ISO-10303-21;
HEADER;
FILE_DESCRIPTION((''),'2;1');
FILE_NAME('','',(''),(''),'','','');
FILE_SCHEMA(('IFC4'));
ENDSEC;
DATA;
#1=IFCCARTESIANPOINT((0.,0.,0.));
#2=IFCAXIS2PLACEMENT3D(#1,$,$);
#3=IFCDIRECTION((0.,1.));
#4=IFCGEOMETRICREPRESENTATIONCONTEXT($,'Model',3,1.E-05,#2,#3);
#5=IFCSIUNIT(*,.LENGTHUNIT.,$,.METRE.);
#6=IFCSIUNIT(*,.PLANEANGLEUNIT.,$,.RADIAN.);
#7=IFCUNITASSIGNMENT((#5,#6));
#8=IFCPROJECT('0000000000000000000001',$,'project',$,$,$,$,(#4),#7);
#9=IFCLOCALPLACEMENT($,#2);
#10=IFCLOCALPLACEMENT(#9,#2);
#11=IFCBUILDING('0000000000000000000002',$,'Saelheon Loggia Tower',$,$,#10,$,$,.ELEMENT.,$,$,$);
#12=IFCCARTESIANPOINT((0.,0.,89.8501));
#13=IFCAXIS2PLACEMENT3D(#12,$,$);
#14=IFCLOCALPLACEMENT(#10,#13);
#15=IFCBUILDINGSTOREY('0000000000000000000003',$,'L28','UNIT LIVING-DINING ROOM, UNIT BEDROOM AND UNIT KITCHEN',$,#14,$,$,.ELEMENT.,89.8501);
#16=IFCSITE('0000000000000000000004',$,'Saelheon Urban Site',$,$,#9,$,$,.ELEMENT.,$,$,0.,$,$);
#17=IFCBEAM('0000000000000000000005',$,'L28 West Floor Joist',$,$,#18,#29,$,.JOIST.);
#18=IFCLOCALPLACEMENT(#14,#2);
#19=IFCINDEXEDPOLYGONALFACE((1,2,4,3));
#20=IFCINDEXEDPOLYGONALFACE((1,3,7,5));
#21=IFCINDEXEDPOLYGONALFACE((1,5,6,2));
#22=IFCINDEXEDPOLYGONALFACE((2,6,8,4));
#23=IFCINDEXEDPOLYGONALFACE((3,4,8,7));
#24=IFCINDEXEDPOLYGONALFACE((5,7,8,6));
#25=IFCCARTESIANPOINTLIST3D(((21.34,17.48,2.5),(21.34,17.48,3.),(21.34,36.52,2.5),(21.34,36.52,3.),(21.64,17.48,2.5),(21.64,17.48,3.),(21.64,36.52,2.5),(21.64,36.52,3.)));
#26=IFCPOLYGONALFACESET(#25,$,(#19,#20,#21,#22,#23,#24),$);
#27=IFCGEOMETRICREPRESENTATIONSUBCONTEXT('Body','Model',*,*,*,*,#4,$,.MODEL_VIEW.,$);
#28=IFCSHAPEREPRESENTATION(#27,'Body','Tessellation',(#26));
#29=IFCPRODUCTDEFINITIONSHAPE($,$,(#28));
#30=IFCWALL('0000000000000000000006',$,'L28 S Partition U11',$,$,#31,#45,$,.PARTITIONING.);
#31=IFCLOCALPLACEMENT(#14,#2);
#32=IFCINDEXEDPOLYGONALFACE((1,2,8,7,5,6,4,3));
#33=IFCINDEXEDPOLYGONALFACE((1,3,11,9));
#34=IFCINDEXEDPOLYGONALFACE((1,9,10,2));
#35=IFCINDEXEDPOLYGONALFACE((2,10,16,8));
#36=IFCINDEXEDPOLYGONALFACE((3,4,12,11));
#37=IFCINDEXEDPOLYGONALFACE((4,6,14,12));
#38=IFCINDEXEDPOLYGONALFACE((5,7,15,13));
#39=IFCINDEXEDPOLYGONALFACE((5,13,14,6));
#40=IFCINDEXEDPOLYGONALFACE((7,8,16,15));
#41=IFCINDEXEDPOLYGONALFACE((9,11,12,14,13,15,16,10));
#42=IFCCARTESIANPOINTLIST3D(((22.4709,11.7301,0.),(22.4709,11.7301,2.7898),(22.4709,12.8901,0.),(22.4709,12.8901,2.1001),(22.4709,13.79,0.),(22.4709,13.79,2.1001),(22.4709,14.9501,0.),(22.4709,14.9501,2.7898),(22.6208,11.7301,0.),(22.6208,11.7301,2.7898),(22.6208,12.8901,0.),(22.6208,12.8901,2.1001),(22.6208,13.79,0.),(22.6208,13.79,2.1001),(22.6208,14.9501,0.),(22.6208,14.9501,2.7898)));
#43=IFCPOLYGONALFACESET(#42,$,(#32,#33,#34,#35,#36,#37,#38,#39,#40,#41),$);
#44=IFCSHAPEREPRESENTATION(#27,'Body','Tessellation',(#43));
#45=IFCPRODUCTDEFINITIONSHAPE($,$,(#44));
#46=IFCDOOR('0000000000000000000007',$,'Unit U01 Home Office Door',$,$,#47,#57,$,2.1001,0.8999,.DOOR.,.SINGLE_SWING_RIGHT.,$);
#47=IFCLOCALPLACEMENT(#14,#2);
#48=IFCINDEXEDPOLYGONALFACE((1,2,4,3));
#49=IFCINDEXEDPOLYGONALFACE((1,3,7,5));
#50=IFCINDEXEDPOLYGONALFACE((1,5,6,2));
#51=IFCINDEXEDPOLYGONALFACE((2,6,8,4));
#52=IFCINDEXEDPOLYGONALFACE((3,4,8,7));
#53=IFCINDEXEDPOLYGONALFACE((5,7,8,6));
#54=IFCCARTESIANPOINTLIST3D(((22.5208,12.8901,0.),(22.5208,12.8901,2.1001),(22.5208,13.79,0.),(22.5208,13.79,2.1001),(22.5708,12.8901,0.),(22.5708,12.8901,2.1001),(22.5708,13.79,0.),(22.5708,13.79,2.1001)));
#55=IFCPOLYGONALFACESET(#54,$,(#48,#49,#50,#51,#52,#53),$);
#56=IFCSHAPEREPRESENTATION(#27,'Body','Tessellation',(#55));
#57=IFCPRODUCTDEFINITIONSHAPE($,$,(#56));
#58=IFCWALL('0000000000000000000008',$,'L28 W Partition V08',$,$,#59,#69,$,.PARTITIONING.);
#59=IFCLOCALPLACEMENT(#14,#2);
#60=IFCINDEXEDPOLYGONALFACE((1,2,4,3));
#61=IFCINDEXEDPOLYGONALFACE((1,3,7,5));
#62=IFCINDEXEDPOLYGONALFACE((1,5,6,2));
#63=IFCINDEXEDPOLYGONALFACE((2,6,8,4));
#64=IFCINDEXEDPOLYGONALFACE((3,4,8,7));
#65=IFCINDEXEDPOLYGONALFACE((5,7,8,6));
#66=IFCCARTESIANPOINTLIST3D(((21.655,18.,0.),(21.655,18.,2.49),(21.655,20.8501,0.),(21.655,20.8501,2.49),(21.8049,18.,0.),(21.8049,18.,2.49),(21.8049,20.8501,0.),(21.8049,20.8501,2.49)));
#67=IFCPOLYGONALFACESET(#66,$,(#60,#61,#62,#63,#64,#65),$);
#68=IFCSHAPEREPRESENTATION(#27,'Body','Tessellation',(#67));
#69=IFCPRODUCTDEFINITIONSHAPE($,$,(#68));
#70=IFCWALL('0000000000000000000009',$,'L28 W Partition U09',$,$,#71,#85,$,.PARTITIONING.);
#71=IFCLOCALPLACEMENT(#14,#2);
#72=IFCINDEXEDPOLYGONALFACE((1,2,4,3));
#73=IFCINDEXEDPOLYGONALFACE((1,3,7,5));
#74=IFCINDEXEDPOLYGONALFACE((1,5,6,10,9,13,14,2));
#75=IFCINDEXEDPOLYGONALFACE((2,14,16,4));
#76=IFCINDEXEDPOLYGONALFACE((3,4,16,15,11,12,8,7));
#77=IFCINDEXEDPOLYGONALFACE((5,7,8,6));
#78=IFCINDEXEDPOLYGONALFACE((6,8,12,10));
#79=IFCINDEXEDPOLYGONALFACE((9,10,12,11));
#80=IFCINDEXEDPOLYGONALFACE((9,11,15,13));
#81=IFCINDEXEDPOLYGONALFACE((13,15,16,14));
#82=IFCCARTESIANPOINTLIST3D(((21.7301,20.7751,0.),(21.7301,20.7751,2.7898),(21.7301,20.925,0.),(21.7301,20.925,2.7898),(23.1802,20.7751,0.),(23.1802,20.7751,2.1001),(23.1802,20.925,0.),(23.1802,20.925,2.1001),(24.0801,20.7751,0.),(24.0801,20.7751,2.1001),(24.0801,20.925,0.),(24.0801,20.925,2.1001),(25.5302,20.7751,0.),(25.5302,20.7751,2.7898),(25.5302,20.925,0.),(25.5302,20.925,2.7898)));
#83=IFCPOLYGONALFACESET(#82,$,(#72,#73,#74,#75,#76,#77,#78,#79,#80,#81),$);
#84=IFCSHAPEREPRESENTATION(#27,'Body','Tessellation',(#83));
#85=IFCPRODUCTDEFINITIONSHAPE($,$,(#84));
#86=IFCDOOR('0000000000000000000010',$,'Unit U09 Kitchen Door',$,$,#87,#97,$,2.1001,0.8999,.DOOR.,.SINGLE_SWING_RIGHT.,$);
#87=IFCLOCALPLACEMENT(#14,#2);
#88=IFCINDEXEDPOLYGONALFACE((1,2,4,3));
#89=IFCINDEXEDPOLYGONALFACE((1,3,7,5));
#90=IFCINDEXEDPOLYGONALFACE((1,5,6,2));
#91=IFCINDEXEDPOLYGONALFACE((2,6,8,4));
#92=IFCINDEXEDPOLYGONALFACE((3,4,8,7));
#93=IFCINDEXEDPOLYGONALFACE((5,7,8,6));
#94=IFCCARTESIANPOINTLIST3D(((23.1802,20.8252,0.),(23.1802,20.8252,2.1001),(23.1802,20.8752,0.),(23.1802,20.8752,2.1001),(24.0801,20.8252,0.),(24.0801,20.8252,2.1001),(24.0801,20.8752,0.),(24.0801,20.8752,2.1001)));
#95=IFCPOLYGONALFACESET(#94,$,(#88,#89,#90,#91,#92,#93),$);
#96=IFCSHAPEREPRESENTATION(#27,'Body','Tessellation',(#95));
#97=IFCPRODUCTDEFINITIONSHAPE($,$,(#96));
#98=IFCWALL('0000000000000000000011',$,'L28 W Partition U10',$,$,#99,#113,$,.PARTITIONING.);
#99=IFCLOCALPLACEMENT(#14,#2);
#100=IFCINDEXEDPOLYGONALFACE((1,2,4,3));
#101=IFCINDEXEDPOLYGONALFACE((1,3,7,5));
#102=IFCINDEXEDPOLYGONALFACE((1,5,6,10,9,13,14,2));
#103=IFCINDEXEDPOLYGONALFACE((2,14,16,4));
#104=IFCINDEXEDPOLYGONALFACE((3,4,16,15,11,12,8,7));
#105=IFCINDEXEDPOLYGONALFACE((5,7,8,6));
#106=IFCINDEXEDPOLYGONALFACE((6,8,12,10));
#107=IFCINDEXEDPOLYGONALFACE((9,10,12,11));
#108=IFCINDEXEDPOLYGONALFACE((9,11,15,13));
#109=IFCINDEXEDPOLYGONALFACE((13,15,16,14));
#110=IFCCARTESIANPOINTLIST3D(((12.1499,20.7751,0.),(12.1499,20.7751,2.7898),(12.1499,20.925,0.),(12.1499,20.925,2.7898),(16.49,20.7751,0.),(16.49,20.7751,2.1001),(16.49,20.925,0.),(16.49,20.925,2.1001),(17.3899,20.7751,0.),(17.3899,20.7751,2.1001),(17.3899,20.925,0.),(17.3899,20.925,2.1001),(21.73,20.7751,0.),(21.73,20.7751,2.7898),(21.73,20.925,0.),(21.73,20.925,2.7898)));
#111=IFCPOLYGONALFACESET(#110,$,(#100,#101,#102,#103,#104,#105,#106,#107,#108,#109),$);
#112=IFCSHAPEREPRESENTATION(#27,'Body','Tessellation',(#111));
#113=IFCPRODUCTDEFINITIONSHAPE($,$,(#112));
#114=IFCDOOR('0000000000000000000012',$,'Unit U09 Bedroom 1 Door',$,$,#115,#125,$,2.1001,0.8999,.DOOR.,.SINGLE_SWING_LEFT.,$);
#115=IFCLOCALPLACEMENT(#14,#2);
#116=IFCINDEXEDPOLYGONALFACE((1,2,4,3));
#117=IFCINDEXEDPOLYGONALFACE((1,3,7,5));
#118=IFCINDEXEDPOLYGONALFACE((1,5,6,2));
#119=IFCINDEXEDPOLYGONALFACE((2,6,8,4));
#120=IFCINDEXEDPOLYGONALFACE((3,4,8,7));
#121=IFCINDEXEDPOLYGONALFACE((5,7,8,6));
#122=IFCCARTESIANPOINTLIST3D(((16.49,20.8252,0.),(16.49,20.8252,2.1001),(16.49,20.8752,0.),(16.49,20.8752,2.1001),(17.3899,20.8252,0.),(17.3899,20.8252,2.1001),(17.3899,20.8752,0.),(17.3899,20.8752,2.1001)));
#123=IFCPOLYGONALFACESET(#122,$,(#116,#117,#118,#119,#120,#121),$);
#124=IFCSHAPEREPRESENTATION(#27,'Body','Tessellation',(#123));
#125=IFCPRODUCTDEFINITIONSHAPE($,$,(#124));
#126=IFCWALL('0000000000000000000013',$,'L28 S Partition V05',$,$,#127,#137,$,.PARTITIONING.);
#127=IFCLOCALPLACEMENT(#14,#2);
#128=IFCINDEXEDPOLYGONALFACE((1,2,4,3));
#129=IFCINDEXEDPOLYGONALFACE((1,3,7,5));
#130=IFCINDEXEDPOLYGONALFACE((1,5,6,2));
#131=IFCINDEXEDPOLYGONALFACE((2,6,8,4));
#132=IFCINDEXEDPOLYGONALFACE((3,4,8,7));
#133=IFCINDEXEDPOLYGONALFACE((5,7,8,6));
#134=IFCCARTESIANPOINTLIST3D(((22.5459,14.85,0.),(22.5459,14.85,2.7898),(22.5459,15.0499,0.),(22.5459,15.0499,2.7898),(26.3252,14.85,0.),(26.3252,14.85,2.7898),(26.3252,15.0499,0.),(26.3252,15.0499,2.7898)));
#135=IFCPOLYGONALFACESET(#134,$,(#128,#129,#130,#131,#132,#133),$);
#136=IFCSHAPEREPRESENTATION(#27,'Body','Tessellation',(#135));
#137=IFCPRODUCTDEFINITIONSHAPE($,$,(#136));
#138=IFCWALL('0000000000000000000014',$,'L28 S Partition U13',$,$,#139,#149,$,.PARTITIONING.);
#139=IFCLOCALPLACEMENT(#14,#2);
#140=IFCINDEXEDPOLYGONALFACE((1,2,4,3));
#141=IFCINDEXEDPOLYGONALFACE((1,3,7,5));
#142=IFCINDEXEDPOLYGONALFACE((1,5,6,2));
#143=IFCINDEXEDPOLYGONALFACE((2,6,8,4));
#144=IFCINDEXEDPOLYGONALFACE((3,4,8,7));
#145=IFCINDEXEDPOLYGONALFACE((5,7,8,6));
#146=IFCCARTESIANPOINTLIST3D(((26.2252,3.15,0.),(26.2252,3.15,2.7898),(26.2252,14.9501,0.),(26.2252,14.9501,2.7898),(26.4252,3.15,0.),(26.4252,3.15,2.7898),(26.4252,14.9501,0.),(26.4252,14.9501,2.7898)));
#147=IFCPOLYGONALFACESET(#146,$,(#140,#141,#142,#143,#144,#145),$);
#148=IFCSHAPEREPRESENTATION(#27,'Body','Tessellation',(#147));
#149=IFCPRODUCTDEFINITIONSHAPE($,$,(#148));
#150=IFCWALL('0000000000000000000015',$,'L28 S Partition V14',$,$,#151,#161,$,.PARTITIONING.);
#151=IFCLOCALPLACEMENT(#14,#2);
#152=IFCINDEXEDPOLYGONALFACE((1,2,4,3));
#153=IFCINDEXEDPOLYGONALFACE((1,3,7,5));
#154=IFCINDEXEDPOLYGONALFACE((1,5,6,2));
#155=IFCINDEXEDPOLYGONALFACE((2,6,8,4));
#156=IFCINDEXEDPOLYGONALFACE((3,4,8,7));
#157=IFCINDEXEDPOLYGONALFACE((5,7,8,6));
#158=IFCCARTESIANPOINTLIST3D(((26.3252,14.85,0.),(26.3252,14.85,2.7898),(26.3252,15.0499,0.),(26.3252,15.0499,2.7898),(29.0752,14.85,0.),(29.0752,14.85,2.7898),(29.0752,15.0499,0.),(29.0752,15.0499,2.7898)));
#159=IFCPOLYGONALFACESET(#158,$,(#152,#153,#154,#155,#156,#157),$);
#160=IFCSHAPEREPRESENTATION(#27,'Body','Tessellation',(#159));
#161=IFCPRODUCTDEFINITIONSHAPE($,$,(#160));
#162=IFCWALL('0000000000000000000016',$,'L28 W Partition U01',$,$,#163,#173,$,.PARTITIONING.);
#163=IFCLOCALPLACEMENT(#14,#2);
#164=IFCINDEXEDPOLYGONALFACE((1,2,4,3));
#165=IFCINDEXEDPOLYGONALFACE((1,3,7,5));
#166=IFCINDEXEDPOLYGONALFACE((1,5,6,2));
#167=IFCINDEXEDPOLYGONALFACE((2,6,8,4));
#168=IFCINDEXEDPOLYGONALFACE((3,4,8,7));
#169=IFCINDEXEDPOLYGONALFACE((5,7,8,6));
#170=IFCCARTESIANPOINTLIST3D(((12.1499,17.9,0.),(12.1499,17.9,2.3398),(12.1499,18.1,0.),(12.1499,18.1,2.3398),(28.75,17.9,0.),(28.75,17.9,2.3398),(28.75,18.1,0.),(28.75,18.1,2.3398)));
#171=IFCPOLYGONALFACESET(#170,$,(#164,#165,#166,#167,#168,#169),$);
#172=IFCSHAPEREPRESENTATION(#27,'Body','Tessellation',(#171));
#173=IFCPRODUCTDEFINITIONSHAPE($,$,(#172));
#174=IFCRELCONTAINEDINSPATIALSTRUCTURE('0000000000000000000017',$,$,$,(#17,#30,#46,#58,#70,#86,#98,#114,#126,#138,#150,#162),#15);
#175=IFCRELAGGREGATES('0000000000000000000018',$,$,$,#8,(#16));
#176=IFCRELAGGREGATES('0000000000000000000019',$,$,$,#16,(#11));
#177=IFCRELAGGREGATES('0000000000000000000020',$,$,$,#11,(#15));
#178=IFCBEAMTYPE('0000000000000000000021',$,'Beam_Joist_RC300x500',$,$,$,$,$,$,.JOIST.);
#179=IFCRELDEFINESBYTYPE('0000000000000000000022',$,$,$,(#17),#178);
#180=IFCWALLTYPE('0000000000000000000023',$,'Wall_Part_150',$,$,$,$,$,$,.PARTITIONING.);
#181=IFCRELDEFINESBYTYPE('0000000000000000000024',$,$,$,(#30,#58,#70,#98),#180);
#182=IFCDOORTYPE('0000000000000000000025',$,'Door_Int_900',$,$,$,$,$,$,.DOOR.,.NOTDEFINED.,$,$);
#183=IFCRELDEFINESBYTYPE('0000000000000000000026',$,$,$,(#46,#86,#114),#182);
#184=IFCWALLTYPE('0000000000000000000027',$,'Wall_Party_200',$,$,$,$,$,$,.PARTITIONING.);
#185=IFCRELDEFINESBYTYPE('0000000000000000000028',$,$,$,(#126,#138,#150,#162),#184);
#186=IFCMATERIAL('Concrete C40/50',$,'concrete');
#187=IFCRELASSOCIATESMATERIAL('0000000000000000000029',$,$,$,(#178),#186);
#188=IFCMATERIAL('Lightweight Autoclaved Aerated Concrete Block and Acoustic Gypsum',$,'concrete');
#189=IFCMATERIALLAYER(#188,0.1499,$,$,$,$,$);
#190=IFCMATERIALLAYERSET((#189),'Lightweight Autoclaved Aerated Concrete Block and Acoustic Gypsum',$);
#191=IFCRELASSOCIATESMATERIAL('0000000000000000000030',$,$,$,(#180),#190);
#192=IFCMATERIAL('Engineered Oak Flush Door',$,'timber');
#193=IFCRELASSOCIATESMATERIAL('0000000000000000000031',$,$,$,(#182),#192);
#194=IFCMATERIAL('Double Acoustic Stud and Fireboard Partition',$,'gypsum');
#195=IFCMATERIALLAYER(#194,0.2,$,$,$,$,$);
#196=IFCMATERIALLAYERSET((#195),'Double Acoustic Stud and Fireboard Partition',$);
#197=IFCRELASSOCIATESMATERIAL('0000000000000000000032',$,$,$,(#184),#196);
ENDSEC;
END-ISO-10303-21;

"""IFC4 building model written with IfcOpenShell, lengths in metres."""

from ifc_helpers import new_model, si_unit, direction, frame, frame_2d, origin, origin_2d, place, context, subcontext, project, spatial, rectangle, extrude, source, transform, mapped, material, layer, layer_set, material_profile, profile_set, type_object, element, fill, save


model = new_model("IFC4")

# Units and contexts
model_context = context("Model", 3, precision=1e-05, world=origin(), true_north=direction((0.0, 1.0)))
body_context = subcontext(model_context, "Body", "Model", "MODEL_VIEW")
ifc_project = project(units=[si_unit("LENGTHUNIT", "METRE"), si_unit("PLANEANGLEUNIT", "RADIAN")], contexts=[model_context])

# Site, building, storey
site_placement = place(None, origin())
site = spatial("IfcSite", under=ifc_project, at=site_placement, Name="Saelheon Urban Site", CompositionType="ELEMENT", RefElevation=0.0)
building_placement = place(site_placement, origin())
building = spatial("IfcBuilding", under=site, at=building_placement, Name="Saelheon Loggia Tower", CompositionType="ELEMENT")
storey_placement = place(building_placement, frame((0.0, 0.0, 89.8501)))
storey = spatial("IfcBuildingStorey", under=building, at=storey_placement, Name="L28", Description="UNIT LIVING-DINING ROOM, UNIT BEDROOM AND UNIT KITCHEN", CompositionType="ELEMENT", Elevation=89.8501)

# Beam
ifc_material_1 = material(Name="Concrete C40/50", Category="concrete")
ifc_material_profile = material_profile(ifc_material_1, rectangle(XDim=0.3, YDim=0.5, at=origin_2d()), Name="RC-300x500")
ifc_profile_set = profile_set([ifc_material_profile], Name="Concrete C40/50")
beam_type = type_object("IfcBeamType", Name="Beam_Joist_RC300x500", PredefinedType="JOIST", material=ifc_profile_set)
shared_shape_1 = source(origin(), body_context, "Body", "SweptSolid", [
    extrude(rectangle(XDim=0.3, YDim=0.5, at=origin_2d()), origin(), (0.0, 0.0, 1.0), 19.04),
])
beam_placement = place(storey_placement, frame((21.49, 17.48, 2.75), z_axis=(0.0, 1.0, 0.0), x_axis=(-1.0, 0.0, 0.0)))
element("IfcBeam", 1, at=beam_placement, inside=storey, type_object=beam_type, Name="L28 West Floor Joist", PredefinedType="JOIST", context=body_context, shape_type="MappedRepresentation", body=[
    mapped(shared_shape_1, transform((0.0, 0.0, 0.0), scale=1.0)),
])

# Wall, opening, door
ifc_material_2 = material(Name="Lightweight Autoclaved Aerated Concrete Block and Acoustic Gypsum", Category="concrete")
ifc_layer_1 = layer(ifc_material_2, 0.1499)
ifc_layer_set_1 = layer_set([ifc_layer_1], Name="Lightweight Autoclaved Aerated Concrete Block and Acoustic Gypsum")
wall_type_1 = type_object("IfcWallType", Name="Wall_Part_150", PredefinedType="PARTITIONING", material=ifc_layer_set_1)
wall_1_placement = place(storey_placement, frame((22.5459, 14.95, 0.0), z_axis=(0.0, 0.0, 1.0), x_axis=(0.0, -1.0, 0.0)))
wall_1 = element("IfcWall", 2, at=wall_1_placement, inside=storey, type_object=wall_type_1, Name="L28 S Partition U11", PredefinedType="PARTITIONING", context=body_context, shape_type="SweptSolid", body=[
    extrude(rectangle(XDim=3.22, YDim=0.1499, at=frame_2d((1.6099, 0.0))), origin(), (0.0, 0.0, 1.0), 2.7898),
])
opening_1_placement = place(wall_1_placement, frame((1.1599, 0.0, 0.0)))
opening_1 = element("IfcOpeningElement", 3, at=opening_1_placement, cuts=wall_1, PredefinedType="OPENING", context=body_context, shape_type="SweptSolid", body=[
    extrude(rectangle(XDim=0.8999, YDim=2.1001, at=frame_2d((0.45, 1.05))), frame((0.0, 0.0869, 0.0), z_axis=(0.0, -1.0, 0.0), x_axis=(1.0, 0.0, 0.0)), (0.0, 0.0, 1.0), 0.1738),
])
ifc_material_3 = material(Name="Engineered Oak Flush Door", Category="timber")
door_type_1 = type_object("IfcDoorType", Name="Door_Int_900", OperationType="NOTDEFINED", PredefinedType="DOOR", material=ifc_material_3)
shared_shape_2 = source(origin(), body_context, "Body", "SweptSolid", [
    extrude(rectangle(XDim=0.8999, YDim=2.1001, at=frame_2d((0.45, 1.05))), frame((0.0, 0.0249, 0.0), z_axis=(0.0, -1.0, 0.0), x_axis=(1.0, 0.0, 0.0)), (0.0, 0.0, 1.0), 0.05),
])
door_1_placement = place(opening_1_placement, origin())
door_1 = element("IfcDoor", 4, at=door_1_placement, inside=storey, type_object=door_type_1, Name="Unit U01 Home Office Door", OperationType="SINGLE_SWING_RIGHT", OverallHeight=2.1001, OverallWidth=0.8999, PredefinedType="DOOR", context=body_context, shape_type="MappedRepresentation", body=[
    mapped(shared_shape_2, transform((0.0, 0.0, 0.0), scale=1.0)),
])
fill(opening_1, door_1)

# Wall
wall_2_placement = place(storey_placement, frame((21.73, 18.0, 0.0), z_axis=(0.0, 0.0, 1.0), x_axis=(0.0, 1.0, 0.0)))
element("IfcWall", 5, at=wall_2_placement, inside=storey, type_object=wall_type_1, Name="L28 W Partition V08", PredefinedType="PARTITIONING", context=body_context, shape_type="SweptSolid", body=[
    extrude(rectangle(XDim=2.8501, YDim=0.1499, at=frame_2d((1.425, 0.0))), origin(), (0.0, 0.0, 1.0), 2.49),
])

# Walls, openings, doors
wall_3_placement = place(storey_placement, frame((25.53, 20.8501, 0.0), z_axis=(0.0, 0.0, 1.0), x_axis=(-1.0, 0.0, 0.0)))
wall_3 = element("IfcWall", 6, at=wall_3_placement, inside=storey, type_object=wall_type_1, Name="L28 W Partition U09", PredefinedType="PARTITIONING", context=body_context, shape_type="SweptSolid", body=[
    extrude(rectangle(XDim=3.8, YDim=0.1499, at=frame_2d((1.8999, 0.0))), origin(), (0.0, 0.0, 1.0), 2.7898),
])
opening_2_placement = place(wall_3_placement, frame((1.45, 0.0, 0.0)))
opening_2 = element("IfcOpeningElement", 7, at=opening_2_placement, cuts=wall_3, PredefinedType="OPENING", context=body_context, shape_type="SweptSolid", body=[
    extrude(rectangle(XDim=0.8999, YDim=2.1001, at=frame_2d((0.45, 1.05))), frame((0.0, 0.0869, 0.0), z_axis=(0.0, -1.0, 0.0), x_axis=(1.0, 0.0, 0.0)), (0.0, 0.0, 1.0), 0.1738),
])
door_2_placement = place(opening_2_placement, origin())
door_2 = element("IfcDoor", 8, at=door_2_placement, inside=storey, type_object=door_type_1, Name="Unit U09 Kitchen Door", OperationType="SINGLE_SWING_RIGHT", OverallHeight=2.1001, OverallWidth=0.8999, PredefinedType="DOOR", context=body_context, shape_type="MappedRepresentation", body=[
    mapped(shared_shape_2, transform((0.0, 0.0, 0.0), scale=1.0)),
])
fill(opening_2, door_2)
wall_4_placement = place(storey_placement, frame((21.73, 20.8501, 0.0), z_axis=(0.0, 0.0, 1.0), x_axis=(-1.0, 0.0, 0.0)))
wall_4 = element("IfcWall", 9, at=wall_4_placement, inside=storey, type_object=wall_type_1, Name="L28 W Partition U10", PredefinedType="PARTITIONING", context=body_context, shape_type="SweptSolid", body=[
    extrude(rectangle(XDim=9.5801, YDim=0.1499, at=frame_2d((4.79, 0.0))), origin(), (0.0, 0.0, 1.0), 2.7898),
])
opening_3_placement = place(wall_4_placement, frame((4.3401, 0.0, 0.0)))
opening_3 = element("IfcOpeningElement", 10, at=opening_3_placement, cuts=wall_4, PredefinedType="OPENING", context=body_context, shape_type="SweptSolid", body=[
    extrude(rectangle(XDim=0.8999, YDim=2.1001, at=frame_2d((0.45, 1.05))), frame((0.0, 0.0869, 0.0), z_axis=(0.0, -1.0, 0.0), x_axis=(1.0, 0.0, 0.0)), (0.0, 0.0, 1.0), 0.1738),
])
door_3_placement = place(opening_3_placement, origin())
door_3 = element("IfcDoor", 11, at=door_3_placement, inside=storey, type_object=door_type_1, Name="Unit U09 Bedroom 1 Door", OperationType="SINGLE_SWING_LEFT", OverallHeight=2.1001, OverallWidth=0.8999, PredefinedType="DOOR", context=body_context, shape_type="MappedRepresentation", body=[
    mapped(shared_shape_2, transform((0.0, 0.0, 0.0), scale=1.0)),
])
fill(opening_3, door_3)

# Walls
ifc_material_4 = material(Name="Double Acoustic Stud and Fireboard Partition", Category="gypsum")
ifc_layer_2 = layer(ifc_material_4, 0.2)
ifc_layer_set_2 = layer_set([ifc_layer_2], Name="Double Acoustic Stud and Fireboard Partition")
wall_type_2 = type_object("IfcWallType", Name="Wall_Party_200", PredefinedType="PARTITIONING", material=ifc_layer_set_2)
wall_5_placement = place(storey_placement, frame((22.5459, 14.95, 0.0), z_axis=(0.0, 0.0, 1.0), x_axis=(1.0, 0.0, 0.0)))
element("IfcWall", 12, at=wall_5_placement, inside=storey, type_object=wall_type_2, Name="L28 S Partition V05", PredefinedType="PARTITIONING", context=body_context, shape_type="SweptSolid", body=[
    extrude(rectangle(XDim=3.7793, YDim=0.2, at=frame_2d((1.8896, 0.0))), origin(), (0.0, 0.0, 1.0), 2.7898),
])
wall_6_placement = place(storey_placement, frame((26.3252, 14.95, 0.0), z_axis=(0.0, 0.0, 1.0), x_axis=(0.0, -1.0, 0.0)))
element("IfcWall", 13, at=wall_6_placement, inside=storey, type_object=wall_type_2, Name="L28 S Partition U13", PredefinedType="PARTITIONING", context=body_context, shape_type="SweptSolid", body=[
    extrude(rectangle(XDim=11.8, YDim=0.2, at=frame_2d((5.8999, 0.0))), origin(), (0.0, 0.0, 1.0), 2.7898),
])
wall_7_placement = place(storey_placement, frame((26.3252, 14.95, 0.0), z_axis=(0.0, 0.0, 1.0), x_axis=(1.0, 0.0, 0.0)))
element("IfcWall", 14, at=wall_7_placement, inside=storey, type_object=wall_type_2, Name="L28 S Partition V14", PredefinedType="PARTITIONING", context=body_context, shape_type="SweptSolid", body=[
    extrude(rectangle(XDim=2.75, YDim=0.2, at=frame_2d((1.375, 0.0))), origin(), (0.0, 0.0, 1.0), 2.7898),
])
wall_8_placement = place(storey_placement, frame((28.75, 18.0, 0.0), z_axis=(0.0, 0.0, 1.0), x_axis=(-1.0, 0.0, 0.0)))
element("IfcWall", 15, at=wall_8_placement, inside=storey, type_object=wall_type_2, Name="L28 W Partition U01", PredefinedType="PARTITIONING", context=body_context, shape_type="SweptSolid", body=[
    extrude(rectangle(XDim=16.6001, YDim=0.2, at=frame_2d((8.3, 0.0))), origin(), (0.0, 0.0, 1.0), 2.3398),
])

save(model, "model.ifc")
